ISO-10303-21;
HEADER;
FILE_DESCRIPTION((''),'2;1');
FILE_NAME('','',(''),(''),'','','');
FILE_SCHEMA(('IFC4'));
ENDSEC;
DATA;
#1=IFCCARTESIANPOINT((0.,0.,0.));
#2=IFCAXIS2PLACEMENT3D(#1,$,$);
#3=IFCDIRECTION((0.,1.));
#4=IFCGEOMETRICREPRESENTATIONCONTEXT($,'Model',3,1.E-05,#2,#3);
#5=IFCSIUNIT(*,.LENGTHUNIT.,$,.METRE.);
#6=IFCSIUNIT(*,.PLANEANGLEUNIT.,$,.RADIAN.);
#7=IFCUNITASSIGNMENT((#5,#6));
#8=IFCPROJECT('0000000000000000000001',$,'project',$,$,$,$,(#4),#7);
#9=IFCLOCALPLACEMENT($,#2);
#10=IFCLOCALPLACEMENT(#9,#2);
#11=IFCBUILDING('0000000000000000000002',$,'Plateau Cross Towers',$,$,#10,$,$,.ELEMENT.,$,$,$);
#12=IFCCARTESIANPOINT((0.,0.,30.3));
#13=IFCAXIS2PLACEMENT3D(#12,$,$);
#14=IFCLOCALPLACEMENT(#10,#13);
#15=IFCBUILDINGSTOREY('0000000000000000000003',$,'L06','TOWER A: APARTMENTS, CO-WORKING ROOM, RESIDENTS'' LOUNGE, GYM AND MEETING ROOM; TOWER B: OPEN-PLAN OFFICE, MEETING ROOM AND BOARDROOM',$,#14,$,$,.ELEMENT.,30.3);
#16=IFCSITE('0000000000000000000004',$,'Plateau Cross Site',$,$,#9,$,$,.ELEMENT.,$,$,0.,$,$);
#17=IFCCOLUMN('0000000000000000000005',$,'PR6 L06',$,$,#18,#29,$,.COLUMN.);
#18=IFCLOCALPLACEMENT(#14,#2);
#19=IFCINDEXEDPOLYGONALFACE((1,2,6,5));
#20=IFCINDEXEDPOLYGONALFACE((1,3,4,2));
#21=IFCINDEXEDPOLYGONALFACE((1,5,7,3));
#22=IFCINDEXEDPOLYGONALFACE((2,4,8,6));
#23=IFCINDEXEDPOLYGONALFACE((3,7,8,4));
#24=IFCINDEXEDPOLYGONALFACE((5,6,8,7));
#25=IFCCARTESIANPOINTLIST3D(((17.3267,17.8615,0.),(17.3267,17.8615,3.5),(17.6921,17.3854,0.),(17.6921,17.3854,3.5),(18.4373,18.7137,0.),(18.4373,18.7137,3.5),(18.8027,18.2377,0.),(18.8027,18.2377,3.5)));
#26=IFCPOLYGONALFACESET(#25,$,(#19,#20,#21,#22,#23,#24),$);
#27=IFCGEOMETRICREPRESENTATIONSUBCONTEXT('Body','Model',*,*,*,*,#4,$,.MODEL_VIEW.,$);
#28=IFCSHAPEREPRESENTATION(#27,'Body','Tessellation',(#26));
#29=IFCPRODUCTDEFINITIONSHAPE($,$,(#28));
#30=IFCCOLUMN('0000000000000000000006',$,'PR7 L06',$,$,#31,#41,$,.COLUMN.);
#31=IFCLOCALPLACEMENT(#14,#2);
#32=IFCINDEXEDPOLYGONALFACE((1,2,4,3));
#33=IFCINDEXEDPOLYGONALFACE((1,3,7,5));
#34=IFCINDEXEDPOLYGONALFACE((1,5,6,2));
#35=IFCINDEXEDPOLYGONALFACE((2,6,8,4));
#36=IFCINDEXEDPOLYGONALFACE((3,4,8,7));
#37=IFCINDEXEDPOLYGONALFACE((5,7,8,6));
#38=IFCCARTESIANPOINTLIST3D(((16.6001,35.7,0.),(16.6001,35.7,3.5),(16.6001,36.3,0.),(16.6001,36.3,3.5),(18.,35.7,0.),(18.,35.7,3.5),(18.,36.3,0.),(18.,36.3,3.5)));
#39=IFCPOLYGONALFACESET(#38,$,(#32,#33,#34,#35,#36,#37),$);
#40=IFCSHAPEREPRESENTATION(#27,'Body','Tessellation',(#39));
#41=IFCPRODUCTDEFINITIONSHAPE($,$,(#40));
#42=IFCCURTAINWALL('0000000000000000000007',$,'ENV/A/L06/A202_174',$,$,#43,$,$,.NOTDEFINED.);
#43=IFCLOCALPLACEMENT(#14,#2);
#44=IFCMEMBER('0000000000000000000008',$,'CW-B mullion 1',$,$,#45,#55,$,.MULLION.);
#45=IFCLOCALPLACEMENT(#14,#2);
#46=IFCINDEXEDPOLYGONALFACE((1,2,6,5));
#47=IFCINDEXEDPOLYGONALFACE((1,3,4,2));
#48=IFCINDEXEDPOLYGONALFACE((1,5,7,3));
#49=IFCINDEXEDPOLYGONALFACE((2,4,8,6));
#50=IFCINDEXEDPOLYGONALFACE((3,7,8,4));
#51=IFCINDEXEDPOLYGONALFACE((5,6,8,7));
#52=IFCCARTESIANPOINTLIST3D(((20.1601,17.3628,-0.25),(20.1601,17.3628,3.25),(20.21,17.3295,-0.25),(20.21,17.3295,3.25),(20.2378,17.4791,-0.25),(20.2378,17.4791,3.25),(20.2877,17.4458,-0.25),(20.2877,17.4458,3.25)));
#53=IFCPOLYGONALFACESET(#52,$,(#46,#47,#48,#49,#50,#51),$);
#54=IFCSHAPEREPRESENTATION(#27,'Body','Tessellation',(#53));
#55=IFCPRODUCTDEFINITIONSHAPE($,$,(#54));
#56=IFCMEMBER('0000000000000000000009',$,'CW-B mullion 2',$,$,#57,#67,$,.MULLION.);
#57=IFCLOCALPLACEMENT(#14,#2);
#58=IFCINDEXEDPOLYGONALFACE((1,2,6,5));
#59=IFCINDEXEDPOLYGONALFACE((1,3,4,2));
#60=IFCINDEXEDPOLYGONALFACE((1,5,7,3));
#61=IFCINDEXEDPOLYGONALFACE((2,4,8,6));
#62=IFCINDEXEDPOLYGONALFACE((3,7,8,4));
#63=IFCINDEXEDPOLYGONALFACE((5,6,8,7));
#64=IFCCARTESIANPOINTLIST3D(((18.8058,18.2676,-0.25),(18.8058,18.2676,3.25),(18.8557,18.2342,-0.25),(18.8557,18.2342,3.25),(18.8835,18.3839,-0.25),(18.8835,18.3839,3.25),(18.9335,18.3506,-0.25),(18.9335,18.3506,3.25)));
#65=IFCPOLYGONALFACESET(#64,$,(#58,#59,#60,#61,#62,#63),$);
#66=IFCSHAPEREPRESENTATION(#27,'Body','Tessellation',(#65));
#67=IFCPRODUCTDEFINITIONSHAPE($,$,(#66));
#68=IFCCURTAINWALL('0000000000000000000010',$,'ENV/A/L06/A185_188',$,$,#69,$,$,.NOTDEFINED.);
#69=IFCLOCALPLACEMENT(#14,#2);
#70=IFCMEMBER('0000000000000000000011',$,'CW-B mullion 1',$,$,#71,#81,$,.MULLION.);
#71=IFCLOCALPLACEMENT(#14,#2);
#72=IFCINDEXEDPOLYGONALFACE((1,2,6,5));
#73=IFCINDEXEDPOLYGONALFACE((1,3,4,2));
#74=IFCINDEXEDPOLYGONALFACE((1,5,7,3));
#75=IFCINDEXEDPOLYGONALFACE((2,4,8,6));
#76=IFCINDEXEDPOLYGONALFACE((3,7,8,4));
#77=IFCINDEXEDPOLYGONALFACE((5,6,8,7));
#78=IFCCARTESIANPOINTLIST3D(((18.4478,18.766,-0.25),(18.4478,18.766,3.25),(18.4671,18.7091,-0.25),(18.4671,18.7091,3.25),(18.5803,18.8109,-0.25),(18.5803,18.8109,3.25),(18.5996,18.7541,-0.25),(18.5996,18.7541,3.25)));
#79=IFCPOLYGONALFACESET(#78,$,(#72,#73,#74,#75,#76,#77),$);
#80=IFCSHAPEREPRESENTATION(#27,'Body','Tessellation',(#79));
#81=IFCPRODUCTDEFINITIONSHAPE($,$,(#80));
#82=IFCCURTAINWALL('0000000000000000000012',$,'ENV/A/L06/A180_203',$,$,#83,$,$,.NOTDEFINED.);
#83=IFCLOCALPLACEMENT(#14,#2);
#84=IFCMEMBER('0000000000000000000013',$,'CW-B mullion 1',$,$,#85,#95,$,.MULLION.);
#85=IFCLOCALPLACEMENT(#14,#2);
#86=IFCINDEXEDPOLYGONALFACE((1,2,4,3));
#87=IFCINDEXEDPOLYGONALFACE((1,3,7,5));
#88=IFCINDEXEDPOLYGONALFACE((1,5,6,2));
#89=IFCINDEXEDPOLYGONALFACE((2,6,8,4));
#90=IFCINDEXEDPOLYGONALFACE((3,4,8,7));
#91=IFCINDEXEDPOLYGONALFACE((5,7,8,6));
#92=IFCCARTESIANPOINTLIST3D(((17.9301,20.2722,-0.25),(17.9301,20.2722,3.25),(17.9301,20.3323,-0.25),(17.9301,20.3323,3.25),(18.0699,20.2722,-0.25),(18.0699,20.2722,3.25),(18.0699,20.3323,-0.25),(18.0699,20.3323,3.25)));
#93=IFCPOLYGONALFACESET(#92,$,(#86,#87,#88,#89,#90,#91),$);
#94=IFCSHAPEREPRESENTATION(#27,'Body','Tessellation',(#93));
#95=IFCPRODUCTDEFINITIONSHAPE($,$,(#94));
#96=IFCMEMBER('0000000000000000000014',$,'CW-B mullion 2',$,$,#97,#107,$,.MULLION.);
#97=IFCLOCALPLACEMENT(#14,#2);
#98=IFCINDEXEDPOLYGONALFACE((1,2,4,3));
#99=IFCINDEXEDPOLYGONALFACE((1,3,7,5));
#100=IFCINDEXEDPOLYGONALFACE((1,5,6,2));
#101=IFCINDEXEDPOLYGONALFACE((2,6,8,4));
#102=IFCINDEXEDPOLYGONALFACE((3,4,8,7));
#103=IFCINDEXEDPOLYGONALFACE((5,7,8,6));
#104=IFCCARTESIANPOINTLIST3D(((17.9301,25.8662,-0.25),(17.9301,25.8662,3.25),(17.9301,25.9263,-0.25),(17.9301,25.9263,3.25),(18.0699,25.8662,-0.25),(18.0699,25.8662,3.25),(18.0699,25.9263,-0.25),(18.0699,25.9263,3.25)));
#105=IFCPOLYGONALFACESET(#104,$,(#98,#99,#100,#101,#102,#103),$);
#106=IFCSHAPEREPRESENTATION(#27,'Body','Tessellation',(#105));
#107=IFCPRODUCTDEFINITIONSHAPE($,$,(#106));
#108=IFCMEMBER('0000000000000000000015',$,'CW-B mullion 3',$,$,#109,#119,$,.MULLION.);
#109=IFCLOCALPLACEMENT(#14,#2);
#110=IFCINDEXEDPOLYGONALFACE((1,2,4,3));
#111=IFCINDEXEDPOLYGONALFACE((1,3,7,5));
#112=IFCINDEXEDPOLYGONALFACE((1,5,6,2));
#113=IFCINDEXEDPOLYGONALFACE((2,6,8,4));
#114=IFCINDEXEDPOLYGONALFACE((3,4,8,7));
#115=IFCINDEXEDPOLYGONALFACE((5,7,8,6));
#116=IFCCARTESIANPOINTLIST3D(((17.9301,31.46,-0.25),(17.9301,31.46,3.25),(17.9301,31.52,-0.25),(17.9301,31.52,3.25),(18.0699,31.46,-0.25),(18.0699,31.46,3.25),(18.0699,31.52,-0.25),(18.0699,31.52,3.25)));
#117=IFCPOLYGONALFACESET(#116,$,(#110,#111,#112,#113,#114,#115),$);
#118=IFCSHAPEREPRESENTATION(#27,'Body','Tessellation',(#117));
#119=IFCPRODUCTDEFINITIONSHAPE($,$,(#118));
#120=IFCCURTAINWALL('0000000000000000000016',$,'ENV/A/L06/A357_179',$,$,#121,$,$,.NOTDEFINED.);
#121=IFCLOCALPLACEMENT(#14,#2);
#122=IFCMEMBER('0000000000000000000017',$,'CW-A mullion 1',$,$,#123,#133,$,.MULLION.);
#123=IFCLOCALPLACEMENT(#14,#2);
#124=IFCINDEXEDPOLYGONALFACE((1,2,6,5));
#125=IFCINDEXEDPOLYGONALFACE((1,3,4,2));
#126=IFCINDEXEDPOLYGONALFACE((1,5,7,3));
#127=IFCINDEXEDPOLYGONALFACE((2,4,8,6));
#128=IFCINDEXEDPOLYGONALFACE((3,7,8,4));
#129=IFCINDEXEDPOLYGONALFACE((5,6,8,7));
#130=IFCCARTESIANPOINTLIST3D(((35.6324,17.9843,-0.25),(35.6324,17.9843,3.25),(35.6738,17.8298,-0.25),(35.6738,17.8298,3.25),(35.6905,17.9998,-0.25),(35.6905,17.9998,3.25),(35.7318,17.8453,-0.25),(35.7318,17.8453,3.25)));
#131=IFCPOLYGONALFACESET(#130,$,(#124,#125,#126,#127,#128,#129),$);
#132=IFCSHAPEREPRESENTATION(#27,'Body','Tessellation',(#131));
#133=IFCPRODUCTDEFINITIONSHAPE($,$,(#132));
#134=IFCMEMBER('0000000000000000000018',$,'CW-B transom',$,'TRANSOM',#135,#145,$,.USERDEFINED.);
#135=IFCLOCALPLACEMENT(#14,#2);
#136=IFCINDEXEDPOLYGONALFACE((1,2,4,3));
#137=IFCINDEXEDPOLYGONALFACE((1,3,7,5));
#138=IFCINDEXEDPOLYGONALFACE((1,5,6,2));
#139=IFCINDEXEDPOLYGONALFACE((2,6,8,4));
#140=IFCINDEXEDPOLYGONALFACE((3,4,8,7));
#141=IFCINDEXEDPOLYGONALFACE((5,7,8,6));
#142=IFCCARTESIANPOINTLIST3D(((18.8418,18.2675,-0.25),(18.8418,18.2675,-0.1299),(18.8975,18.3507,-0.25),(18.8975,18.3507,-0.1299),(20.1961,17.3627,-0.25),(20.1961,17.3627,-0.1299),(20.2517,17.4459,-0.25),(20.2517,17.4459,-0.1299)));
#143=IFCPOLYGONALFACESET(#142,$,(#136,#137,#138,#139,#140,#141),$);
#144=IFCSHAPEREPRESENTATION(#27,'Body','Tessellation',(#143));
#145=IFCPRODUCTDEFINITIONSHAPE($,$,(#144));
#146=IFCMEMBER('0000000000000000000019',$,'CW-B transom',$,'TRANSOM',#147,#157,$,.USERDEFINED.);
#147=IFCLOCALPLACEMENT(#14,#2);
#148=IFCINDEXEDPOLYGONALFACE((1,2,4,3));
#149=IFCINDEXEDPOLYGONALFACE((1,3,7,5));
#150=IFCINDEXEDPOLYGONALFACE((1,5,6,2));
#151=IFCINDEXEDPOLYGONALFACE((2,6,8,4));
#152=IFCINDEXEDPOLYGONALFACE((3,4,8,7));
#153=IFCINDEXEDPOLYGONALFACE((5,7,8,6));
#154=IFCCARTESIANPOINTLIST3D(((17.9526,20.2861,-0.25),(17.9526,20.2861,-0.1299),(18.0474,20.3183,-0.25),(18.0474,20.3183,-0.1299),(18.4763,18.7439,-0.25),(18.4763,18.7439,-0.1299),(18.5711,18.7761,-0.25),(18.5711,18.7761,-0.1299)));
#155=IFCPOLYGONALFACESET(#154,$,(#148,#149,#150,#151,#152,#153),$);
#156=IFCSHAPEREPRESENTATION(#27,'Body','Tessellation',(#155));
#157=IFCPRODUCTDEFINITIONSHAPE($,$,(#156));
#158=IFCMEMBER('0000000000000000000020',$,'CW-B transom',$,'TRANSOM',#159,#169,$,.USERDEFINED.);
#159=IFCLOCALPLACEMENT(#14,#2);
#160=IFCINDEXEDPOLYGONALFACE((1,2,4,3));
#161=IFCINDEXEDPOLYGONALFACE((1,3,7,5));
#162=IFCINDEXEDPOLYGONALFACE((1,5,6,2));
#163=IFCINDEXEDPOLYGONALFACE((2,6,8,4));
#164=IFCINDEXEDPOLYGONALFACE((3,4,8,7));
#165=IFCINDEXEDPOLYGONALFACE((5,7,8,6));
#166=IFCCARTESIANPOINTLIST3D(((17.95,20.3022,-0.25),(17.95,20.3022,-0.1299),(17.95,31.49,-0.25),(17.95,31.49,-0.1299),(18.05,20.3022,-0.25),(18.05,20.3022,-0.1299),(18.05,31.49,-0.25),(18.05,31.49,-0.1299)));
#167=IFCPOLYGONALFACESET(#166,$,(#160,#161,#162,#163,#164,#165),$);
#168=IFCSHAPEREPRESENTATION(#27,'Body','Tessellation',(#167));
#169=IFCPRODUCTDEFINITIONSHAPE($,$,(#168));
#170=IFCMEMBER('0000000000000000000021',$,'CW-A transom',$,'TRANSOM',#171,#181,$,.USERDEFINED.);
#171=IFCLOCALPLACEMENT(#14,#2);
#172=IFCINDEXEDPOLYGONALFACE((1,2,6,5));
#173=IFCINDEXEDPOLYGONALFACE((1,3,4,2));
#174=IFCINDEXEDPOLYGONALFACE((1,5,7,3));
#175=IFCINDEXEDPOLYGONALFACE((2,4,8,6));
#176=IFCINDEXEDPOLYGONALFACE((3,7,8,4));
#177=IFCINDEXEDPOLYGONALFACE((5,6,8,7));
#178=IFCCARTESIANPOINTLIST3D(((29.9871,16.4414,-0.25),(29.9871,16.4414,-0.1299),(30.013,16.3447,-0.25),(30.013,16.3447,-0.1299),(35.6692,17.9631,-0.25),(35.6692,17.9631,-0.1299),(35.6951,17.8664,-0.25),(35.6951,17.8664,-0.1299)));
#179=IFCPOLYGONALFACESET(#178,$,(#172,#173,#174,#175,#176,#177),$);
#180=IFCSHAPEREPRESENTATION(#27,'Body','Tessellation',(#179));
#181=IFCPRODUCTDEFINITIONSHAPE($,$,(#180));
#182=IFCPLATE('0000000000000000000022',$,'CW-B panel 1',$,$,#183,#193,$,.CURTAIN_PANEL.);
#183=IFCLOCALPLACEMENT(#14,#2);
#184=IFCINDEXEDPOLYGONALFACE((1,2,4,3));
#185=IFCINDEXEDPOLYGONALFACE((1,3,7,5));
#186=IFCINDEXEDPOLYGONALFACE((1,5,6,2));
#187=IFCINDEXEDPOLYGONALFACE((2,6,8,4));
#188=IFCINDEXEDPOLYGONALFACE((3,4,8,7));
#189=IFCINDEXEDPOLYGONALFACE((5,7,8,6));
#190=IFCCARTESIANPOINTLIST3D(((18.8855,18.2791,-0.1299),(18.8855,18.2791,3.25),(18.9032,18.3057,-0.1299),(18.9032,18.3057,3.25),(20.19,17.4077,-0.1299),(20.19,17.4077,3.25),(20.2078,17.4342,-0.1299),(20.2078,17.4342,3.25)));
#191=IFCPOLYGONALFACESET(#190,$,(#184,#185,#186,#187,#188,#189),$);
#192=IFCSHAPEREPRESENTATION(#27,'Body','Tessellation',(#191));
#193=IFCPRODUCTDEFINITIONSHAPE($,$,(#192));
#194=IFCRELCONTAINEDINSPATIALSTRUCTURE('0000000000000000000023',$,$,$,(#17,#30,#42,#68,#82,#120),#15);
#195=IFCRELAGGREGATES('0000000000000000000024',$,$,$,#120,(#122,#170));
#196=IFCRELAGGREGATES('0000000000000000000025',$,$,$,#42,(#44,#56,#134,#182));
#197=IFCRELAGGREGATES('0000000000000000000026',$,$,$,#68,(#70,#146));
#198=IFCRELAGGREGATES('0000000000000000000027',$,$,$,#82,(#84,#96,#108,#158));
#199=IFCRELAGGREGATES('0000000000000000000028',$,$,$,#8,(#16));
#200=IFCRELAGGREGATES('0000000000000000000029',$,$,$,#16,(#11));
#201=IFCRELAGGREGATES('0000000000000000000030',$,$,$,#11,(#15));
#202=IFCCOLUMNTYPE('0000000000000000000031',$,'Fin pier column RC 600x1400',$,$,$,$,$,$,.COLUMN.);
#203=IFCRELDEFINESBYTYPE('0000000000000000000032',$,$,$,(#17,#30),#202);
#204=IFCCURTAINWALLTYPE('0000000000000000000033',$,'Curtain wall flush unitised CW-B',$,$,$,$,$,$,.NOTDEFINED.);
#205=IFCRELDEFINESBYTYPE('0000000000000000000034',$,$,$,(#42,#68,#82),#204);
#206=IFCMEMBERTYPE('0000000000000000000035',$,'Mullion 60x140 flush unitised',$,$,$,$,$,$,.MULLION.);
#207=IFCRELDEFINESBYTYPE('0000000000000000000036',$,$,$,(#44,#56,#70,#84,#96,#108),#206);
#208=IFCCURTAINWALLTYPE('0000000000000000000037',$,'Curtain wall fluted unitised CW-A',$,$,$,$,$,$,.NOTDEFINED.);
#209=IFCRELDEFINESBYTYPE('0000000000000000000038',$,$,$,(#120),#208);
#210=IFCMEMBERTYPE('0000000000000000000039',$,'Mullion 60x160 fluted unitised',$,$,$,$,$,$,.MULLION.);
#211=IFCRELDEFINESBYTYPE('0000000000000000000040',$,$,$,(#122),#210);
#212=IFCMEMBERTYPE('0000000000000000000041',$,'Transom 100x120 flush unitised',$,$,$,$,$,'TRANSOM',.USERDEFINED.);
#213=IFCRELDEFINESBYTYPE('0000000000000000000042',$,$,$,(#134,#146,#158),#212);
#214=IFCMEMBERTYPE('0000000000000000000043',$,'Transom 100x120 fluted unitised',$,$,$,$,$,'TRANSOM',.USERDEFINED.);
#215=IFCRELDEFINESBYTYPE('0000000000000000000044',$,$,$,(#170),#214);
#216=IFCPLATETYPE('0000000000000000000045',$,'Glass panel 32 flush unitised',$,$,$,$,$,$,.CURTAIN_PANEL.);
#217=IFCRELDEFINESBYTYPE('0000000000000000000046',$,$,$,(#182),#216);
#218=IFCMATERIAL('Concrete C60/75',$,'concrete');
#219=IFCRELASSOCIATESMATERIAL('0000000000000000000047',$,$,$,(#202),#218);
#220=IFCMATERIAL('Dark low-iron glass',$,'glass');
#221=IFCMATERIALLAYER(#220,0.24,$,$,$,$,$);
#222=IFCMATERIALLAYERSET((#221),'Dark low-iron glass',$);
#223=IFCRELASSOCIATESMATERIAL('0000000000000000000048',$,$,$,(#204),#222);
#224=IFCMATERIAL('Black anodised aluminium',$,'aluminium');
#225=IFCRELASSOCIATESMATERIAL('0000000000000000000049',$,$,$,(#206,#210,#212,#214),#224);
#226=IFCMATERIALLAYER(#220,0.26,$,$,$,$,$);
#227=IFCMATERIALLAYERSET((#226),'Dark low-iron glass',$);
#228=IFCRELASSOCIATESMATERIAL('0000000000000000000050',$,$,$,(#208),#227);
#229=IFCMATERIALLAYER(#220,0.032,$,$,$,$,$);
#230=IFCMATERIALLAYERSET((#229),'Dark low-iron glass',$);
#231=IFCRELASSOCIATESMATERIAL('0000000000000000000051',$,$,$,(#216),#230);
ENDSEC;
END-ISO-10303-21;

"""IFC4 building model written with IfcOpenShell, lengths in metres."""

from ifc_helpers import new_model, si_unit, direction, frame, origin, origin_2d, place, context, subcontext, project, spatial, rectangle, extrude, material, layer, layer_set, material_profile, profile_set, type_object, element, aggregate, save


model = new_model("IFC4")

# Units and contexts
model_context = context("Model", 3, precision=1e-05, world=origin(), true_north=direction((0.0, 1.0)))
body_context = subcontext(model_context, "Body", "Model", "MODEL_VIEW")
ifc_project = project(units=[si_unit("LENGTHUNIT", "METRE"), si_unit("PLANEANGLEUNIT", "RADIAN")], contexts=[model_context])

# Site, building, storey
site_placement = place(None, origin())
site = spatial("IfcSite", under=ifc_project, at=site_placement, Name="Plateau Cross Site", CompositionType="ELEMENT", RefElevation=0.0)
building_placement = place(site_placement, origin())
building = spatial("IfcBuilding", under=site, at=building_placement, Name="Plateau Cross Towers", CompositionType="ELEMENT")
storey_placement = place(building_placement, frame((0.0, 0.0, 30.3)))
storey = spatial("IfcBuildingStorey", under=building, at=storey_placement, Name="L06", Description="TOWER A: APARTMENTS, CO-WORKING ROOM, RESIDENTS' LOUNGE, GYM AND MEETING ROOM; TOWER B: OPEN-PLAN OFFICE, MEETING ROOM AND BOARDROOM", CompositionType="ELEMENT", Elevation=30.3)

# Columns
ifc_material_1 = material(Name="Concrete C60/75", Category="concrete")
ifc_material_profile_1 = material_profile(ifc_material_1, rectangle(XDim=0.6001, YDim=1.3999, at=origin_2d()), Name="RC 600x1400")
ifc_profile_set_1 = profile_set([ifc_material_profile_1], Name="Concrete C60/75")
column_type = type_object("IfcColumnType", Name="Fin pier column RC 600x1400", PredefinedType="COLUMN", material=ifc_profile_set_1)
for number, where, z_axis, x_axis, name in (
    (1, (18.0647, 18.0496, 0.0), (0.0, 0.0, 1.0), (-0.608811, 0.793315, 0.0), "PR6 L06"),
    (2, (17.3, 36.0, 0.0), (0.0, 0.0, 1.0), (0.0, 1.0, 0.0), "PR7 L06"),
):
    element("IfcColumn", number, at=place(storey_placement, frame(where, z_axis=z_axis, x_axis=x_axis)), inside=storey, type_object=column_type, Name=name, PredefinedType="COLUMN", context=body_context, shape_type="SweptSolid", body=[
        extrude(rectangle(XDim=0.6001, YDim=1.3999, at=origin_2d()), origin(), (0.0, 0.0, 1.0), 3.5),
    ])

# Curtain wall, members
ifc_material_2 = material(Name="Dark low-iron glass", Category="glass")
ifc_layer_1 = layer(ifc_material_2, 0.24)
ifc_layer_set_1 = layer_set([ifc_layer_1], Name="Dark low-iron glass")
curtain_wall_type_1 = type_object("IfcCurtainWallType", Name="Curtain wall flush unitised CW-B", PredefinedType="NOTDEFINED", material=ifc_layer_set_1)
curtain_wall_1_placement = place(storey_placement, origin())
curtain_wall_1 = element("IfcCurtainWall", 3, at=curtain_wall_1_placement, inside=storey, type_object=curtain_wall_type_1, Name="ENV/A/L06/A202_174", PredefinedType="NOTDEFINED")
ifc_material_3 = material(Name="Black anodised aluminium", Category="aluminium")
ifc_material_profile_2 = material_profile(ifc_material_3, rectangle(XDim=0.0601, YDim=0.1399, at=origin_2d()), Name="MULLION 60x140")
ifc_profile_set_2 = profile_set([ifc_material_profile_2], Name="Black anodised aluminium")
member_type_1 = type_object("IfcMemberType", Name="Mullion 60x140 flush unitised", PredefinedType="MULLION", material=ifc_profile_set_2)
member_1_placement = place(storey_placement, frame((20.2239, 17.4043, -0.25), z_axis=(0.0, 0.0, 1.0), x_axis=(-0.831521, 0.555493, 0.0)))
member_1 = element("IfcMember", 4, at=member_1_placement, type_object=member_type_1, Name="CW-B mullion 1", PredefinedType="MULLION", context=body_context, shape_type="SweptSolid", body=[
    extrude(rectangle(XDim=0.0601, YDim=0.1399, at=origin_2d()), origin(), (0.0, 0.0, 1.0), 3.5),
])
member_2_placement = place(storey_placement, frame((18.8696, 18.3091, -0.25), z_axis=(0.0, 0.0, 1.0), x_axis=(-0.831521, 0.555493, 0.0)))
member_2 = element("IfcMember", 5, at=member_2_placement, type_object=member_type_1, Name="CW-B mullion 2", PredefinedType="MULLION", context=body_context, shape_type="SweptSolid", body=[
    extrude(rectangle(XDim=0.0601, YDim=0.1399, at=origin_2d()), origin(), (0.0, 0.0, 1.0), 3.5),
])

# Curtain wall, member
curtain_wall_2_placement = place(storey_placement, origin())
curtain_wall_2 = element("IfcCurtainWall", 6, at=curtain_wall_2_placement, inside=storey, type_object=curtain_wall_type_1, Name="ENV/A/L06/A185_188", PredefinedType="NOTDEFINED")
member_3_placement = place(storey_placement, frame((18.5237, 18.76, -0.25), z_axis=(0.0, 0.0, 1.0), x_axis=(-0.321469, 0.94692, 0.0)))
member_3 = element("IfcMember", 7, at=member_3_placement, type_object=member_type_1, Name="CW-B mullion 1", PredefinedType="MULLION", context=body_context, shape_type="SweptSolid", body=[
    extrude(rectangle(XDim=0.0601, YDim=0.1399, at=origin_2d()), origin(), (0.0, 0.0, 1.0), 3.5),
])

# Curtain wall, members
curtain_wall_3_placement = place(storey_placement, origin())
curtain_wall_3 = element("IfcCurtainWall", 8, at=curtain_wall_3_placement, inside=storey, type_object=curtain_wall_type_1, Name="ENV/A/L06/A180_203", PredefinedType="NOTDEFINED")
member_4_placement = place(storey_placement, frame((18.0, 20.3022, -0.25), z_axis=(0.0, 0.0, 1.0), x_axis=(0.0, 1.0, 0.0)))
member_4 = element("IfcMember", 9, at=member_4_placement, type_object=member_type_1, Name="CW-B mullion 1", PredefinedType="MULLION", context=body_context, shape_type="SweptSolid", body=[
    extrude(rectangle(XDim=0.0601, YDim=0.1399, at=origin_2d()), origin(), (0.0, 0.0, 1.0), 3.5),
])
member_5_placement = place(storey_placement, frame((18.0, 25.8962, -0.25), z_axis=(0.0, 0.0, 1.0), x_axis=(0.0, 1.0, 0.0)))
member_5 = element("IfcMember", 10, at=member_5_placement, type_object=member_type_1, Name="CW-B mullion 2", PredefinedType="MULLION", context=body_context, shape_type="SweptSolid", body=[
    extrude(rectangle(XDim=0.0601, YDim=0.1399, at=origin_2d()), origin(), (0.0, 0.0, 1.0), 3.5),
])
member_6_placement = place(storey_placement, frame((18.0, 31.49, -0.25), z_axis=(0.0, 0.0, 1.0), x_axis=(0.0, 1.0, 0.0)))
member_6 = element("IfcMember", 11, at=member_6_placement, type_object=member_type_1, Name="CW-B mullion 3", PredefinedType="MULLION", context=body_context, shape_type="SweptSolid", body=[
    extrude(rectangle(XDim=0.0601, YDim=0.1399, at=origin_2d()), origin(), (0.0, 0.0, 1.0), 3.5),
])

# Curtain wall, member
ifc_layer_2 = layer(ifc_material_2, 0.26)
ifc_layer_set_2 = layer_set([ifc_layer_2], Name="Dark low-iron glass")
curtain_wall_type_2 = type_object("IfcCurtainWallType", Name="Curtain wall fluted unitised CW-A", PredefinedType="NOTDEFINED", material=ifc_layer_set_2)
curtain_wall_4_placement = place(storey_placement, origin())
curtain_wall_4 = element("IfcCurtainWall", 12, at=curtain_wall_4_placement, inside=storey, type_object=curtain_wall_type_2, Name="ENV/A/L06/A357_179", PredefinedType="NOTDEFINED")
ifc_material_profile_3 = material_profile(ifc_material_3, rectangle(XDim=0.0601, YDim=0.1599, at=origin_2d()), Name="MULLION 60x160")
ifc_profile_set_3 = profile_set([ifc_material_profile_3], Name="Black anodised aluminium")
member_type_2 = type_object("IfcMemberType", Name="Mullion 60x160 fluted unitised", PredefinedType="MULLION", material=ifc_profile_set_3)
member_7_placement = place(storey_placement, frame((35.6821, 17.9148, -0.25), z_axis=(0.0, 0.0, 1.0), x_axis=(-0.965958, -0.258699, 0.0)))
member_7 = element("IfcMember", 13, at=member_7_placement, type_object=member_type_2, Name="CW-A mullion 1", PredefinedType="MULLION", context=body_context, shape_type="SweptSolid", body=[
    extrude(rectangle(XDim=0.0601, YDim=0.1599, at=origin_2d()), origin(), (0.0, 0.0, 1.0), 3.5),
])

# Members
ifc_material_profile_4 = material_profile(ifc_material_3, rectangle(XDim=0.1001, YDim=0.1201, at=origin_2d()), Name="TRANSOM 100x120")
ifc_profile_set_4 = profile_set([ifc_material_profile_4], Name="Black anodised aluminium")
member_type_3 = type_object("IfcMemberType", Name="Transom 100x120 flush unitised", ElementType="TRANSOM", PredefinedType="USERDEFINED", material=ifc_profile_set_4)
member_8_placement = place(storey_placement, frame((20.2239, 17.4043, -0.1899), z_axis=(-0.831496, 0.55553, 0.0), x_axis=(-0.55553, -0.831496, 0.0)))
member_8 = element("IfcMember", 14, at=member_8_placement, type_object=member_type_3, Name="CW-B transom", ObjectType="TRANSOM", PredefinedType="USERDEFINED", context=body_context, shape_type="SweptSolid", body=[
    extrude(rectangle(XDim=0.1001, YDim=0.1201, at=origin_2d()), origin(), (0.0, 0.0, 1.0), 1.6287),
])
member_9_placement = place(storey_placement, frame((18.5237, 18.76, -0.1899), z_axis=(-0.321529, 0.9469, 0.0), x_axis=(-0.9469, -0.321529, 0.0)))
member_9 = element("IfcMember", 15, at=member_9_placement, type_object=member_type_3, Name="CW-B transom", ObjectType="TRANSOM", PredefinedType="USERDEFINED", context=body_context, shape_type="SweptSolid", body=[
    extrude(rectangle(XDim=0.1001, YDim=0.1201, at=origin_2d()), origin(), (0.0, 0.0, 1.0), 1.6287),
])
member_10_placement = place(storey_placement, frame((18.0, 20.3022, -0.1899), z_axis=(0.0, 1.0, 0.0), x_axis=(-1.0, 0.0, 0.0)))
member_10 = element("IfcMember", 16, at=member_10_placement, type_object=member_type_3, Name="CW-B transom", ObjectType="TRANSOM", PredefinedType="USERDEFINED", context=body_context, shape_type="SweptSolid", body=[
    extrude(rectangle(XDim=0.1001, YDim=0.1201, at=origin_2d()), origin(), (0.0, 0.0, 1.0), 11.1877),
])
ifc_material_profile_5 = material_profile(ifc_material_3, rectangle(XDim=0.1001, YDim=0.1201, at=origin_2d()), Name="TRANSOM 100x120")
ifc_profile_set_5 = profile_set([ifc_material_profile_5], Name="Black anodised aluminium")
member_type_4 = type_object("IfcMemberType", Name="Transom 100x120 fluted unitised", ElementType="TRANSOM", PredefinedType="USERDEFINED", material=ifc_profile_set_5)
member_11_placement = place(storey_placement, frame((35.6821, 17.9148, -0.1899), z_axis=(-0.96596, -0.258693, 0.0), x_axis=(0.258693, -0.96596, 0.0)))
member_11 = element("IfcMember", 17, at=member_11_placement, type_object=member_type_4, Name="CW-A transom", ObjectType="TRANSOM", PredefinedType="USERDEFINED", context=body_context, shape_type="SweptSolid", body=[
    extrude(rectangle(XDim=0.1001, YDim=0.1201, at=origin_2d()), origin(), (0.0, 0.0, 1.0), 5.8823),
])
aggregate(curtain_wall_4, [member_7, member_11])

# Plate
ifc_layer_3 = layer(ifc_material_2, 0.032)
ifc_layer_set_3 = layer_set([ifc_layer_3], Name="Dark low-iron glass")
plate_type = type_object("IfcPlateType", Name="Glass panel 32 flush unitised", PredefinedType="CURTAIN_PANEL", material=ifc_layer_set_3)
plate_1_placement = place(storey_placement, frame((19.5466, 17.8567, -0.1299), z_axis=(0.0, 0.0, 1.0), x_axis=(-0.831521, 0.555493, 0.0)))
plate_1 = element("IfcPlate", 18, at=plate_1_placement, type_object=plate_type, Name="CW-B panel 1", PredefinedType="CURTAIN_PANEL", context=body_context, shape_type="SweptSolid", body=[
    extrude(rectangle(XDim=1.5688, YDim=0.032, at=origin_2d()), origin(), (0.0, 0.0, 1.0), 3.3799),
])
aggregate(curtain_wall_1, [member_1, member_2, member_8, plate_1])
aggregate(curtain_wall_2, [member_3, member_9])
aggregate(curtain_wall_3, [member_4, member_5, member_6, member_10])

save(model, "model.ifc")
